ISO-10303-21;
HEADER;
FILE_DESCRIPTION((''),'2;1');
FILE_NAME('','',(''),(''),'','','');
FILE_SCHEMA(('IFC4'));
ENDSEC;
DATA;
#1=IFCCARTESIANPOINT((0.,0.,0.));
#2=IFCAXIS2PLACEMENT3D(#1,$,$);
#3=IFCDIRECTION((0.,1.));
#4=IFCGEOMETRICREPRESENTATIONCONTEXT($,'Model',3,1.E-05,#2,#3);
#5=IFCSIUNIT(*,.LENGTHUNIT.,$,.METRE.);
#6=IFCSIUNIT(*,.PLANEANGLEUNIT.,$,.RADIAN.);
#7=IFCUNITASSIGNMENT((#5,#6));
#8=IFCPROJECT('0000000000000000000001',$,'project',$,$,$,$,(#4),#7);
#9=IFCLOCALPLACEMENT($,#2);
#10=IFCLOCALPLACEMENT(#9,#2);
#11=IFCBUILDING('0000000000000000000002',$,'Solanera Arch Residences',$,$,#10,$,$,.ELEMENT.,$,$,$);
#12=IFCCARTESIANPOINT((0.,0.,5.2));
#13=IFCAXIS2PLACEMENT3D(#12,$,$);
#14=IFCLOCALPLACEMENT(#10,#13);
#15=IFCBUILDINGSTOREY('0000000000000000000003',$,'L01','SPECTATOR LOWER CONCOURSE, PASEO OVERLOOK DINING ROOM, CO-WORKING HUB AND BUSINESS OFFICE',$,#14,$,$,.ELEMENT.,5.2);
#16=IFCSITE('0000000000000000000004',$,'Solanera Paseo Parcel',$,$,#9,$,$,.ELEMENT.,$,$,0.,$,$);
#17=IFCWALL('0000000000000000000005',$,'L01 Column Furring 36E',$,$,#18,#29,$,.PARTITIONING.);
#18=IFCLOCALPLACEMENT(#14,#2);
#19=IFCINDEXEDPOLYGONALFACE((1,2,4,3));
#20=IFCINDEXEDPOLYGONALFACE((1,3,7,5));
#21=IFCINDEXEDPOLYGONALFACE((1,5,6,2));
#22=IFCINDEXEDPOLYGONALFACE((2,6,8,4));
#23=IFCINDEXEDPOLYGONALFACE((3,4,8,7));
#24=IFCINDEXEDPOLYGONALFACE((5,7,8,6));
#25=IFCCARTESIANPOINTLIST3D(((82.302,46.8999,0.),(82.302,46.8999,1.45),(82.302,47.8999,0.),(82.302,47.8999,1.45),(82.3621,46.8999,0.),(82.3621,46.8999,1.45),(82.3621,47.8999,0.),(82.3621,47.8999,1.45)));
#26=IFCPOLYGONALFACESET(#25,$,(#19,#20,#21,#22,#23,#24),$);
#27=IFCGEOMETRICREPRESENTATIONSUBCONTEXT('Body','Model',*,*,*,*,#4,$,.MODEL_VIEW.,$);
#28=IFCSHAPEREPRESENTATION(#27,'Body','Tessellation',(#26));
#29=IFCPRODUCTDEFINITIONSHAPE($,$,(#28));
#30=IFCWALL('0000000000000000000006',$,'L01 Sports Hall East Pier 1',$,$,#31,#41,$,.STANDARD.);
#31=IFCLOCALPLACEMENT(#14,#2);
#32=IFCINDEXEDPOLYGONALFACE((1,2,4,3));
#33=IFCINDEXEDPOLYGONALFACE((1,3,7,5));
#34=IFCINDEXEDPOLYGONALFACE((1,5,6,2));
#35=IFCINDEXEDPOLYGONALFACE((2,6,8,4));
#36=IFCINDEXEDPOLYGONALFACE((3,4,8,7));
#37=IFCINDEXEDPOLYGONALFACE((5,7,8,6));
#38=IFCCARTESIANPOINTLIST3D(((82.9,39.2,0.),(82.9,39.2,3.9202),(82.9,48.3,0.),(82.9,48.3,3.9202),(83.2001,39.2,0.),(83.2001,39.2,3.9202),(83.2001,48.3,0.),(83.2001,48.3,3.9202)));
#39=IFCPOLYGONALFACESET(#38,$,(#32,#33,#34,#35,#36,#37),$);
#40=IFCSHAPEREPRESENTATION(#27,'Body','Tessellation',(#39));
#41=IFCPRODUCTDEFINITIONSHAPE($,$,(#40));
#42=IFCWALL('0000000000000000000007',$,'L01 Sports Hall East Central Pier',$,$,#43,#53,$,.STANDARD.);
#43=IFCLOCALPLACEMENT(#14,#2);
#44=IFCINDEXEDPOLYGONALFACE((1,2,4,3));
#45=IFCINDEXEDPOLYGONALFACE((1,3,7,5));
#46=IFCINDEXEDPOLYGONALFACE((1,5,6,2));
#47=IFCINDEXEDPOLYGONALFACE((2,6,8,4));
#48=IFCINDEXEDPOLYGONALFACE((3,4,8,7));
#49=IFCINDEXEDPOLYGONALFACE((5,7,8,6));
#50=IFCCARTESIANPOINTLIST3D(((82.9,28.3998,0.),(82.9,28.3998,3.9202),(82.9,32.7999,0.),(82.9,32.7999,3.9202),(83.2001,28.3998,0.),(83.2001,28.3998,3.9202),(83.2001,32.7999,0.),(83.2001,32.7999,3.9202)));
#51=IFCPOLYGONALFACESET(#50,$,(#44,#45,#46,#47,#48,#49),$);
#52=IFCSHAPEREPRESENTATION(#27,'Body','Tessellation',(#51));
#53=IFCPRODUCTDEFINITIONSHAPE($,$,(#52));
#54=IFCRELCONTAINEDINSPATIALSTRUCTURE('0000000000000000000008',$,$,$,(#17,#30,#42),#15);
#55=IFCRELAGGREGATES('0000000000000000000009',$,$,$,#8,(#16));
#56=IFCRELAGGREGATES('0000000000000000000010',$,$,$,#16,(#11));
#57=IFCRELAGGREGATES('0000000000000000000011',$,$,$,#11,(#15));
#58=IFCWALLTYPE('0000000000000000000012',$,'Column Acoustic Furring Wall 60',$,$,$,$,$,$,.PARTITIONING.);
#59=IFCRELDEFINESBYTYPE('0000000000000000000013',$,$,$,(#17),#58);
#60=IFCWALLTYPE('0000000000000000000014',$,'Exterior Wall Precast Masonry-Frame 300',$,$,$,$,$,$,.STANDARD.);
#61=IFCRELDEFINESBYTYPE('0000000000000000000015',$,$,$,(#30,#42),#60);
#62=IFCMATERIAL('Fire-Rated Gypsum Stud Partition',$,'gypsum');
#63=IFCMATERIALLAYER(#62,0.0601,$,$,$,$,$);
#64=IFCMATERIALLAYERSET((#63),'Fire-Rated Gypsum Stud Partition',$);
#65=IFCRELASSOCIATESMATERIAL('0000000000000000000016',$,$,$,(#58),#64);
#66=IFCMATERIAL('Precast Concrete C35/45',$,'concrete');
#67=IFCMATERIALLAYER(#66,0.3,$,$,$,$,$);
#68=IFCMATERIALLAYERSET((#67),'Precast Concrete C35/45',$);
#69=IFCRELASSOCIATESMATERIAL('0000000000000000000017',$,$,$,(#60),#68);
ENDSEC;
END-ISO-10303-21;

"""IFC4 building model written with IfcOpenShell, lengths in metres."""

from ifc_helpers import new_model, si_unit, direction, frame, frame_2d, origin, place, context, subcontext, project, spatial, rectangle, extrude, material, layer, layer_set, type_object, element, save


model = new_model("IFC4")

# Units and contexts
model_context = context("Model", 3, precision=1e-05, world=origin(), true_north=direction((0.0, 1.0)))
body_context = subcontext(model_context, "Body", "Model", "MODEL_VIEW")
ifc_project = project(units=[si_unit("LENGTHUNIT", "METRE"), si_unit("PLANEANGLEUNIT", "RADIAN")], contexts=[model_context])

# Site, building, storey
site_placement = place(None, origin())
site = spatial("IfcSite", under=ifc_project, at=site_placement, Name="Solanera Paseo Parcel", CompositionType="ELEMENT", RefElevation=0.0)
building_placement = place(site_placement, origin())
building = spatial("IfcBuilding", under=site, at=building_placement, Name="Solanera Arch Residences", CompositionType="ELEMENT")
storey_placement = place(building_placement, frame((0.0, 0.0, 5.2)))
storey = spatial("IfcBuildingStorey", under=building, at=storey_placement, Name="L01", Description="SPECTATOR LOWER CONCOURSE, PASEO OVERLOOK DINING ROOM, CO-WORKING HUB AND BUSINESS OFFICE", CompositionType="ELEMENT", Elevation=5.2)

# Walls
ifc_material_1 = material(Name="Fire-Rated Gypsum Stud Partition", Category="gypsum")
ifc_layer_1 = layer(ifc_material_1, 0.0601)
ifc_layer_set_1 = layer_set([ifc_layer_1], Name="Fire-Rated Gypsum Stud Partition")
wall_type_1 = type_object("IfcWallType", Name="Column Acoustic Furring Wall 60", PredefinedType="PARTITIONING", material=ifc_layer_set_1)
for number, where, z_axis, x_axis, name in (
    (1, (82.332, 46.8999, 0.0), (0.0, 0.0, 1.0), (0.0, 1.0, 0.0), "L01 Column Furring 36E"),
):
    element("IfcWall", number, at=place(storey_placement, frame(where, z_axis=z_axis, x_axis=x_axis)), inside=storey, type_object=wall_type_1, Name=name, PredefinedType="PARTITIONING", context=body_context, shape_type="SweptSolid", body=[
        extrude(rectangle(XDim=1.0, YDim=0.0601, at=frame_2d((0.5, 0.0))), origin(), (0.0, 0.0, 1.0), 1.45),
    ])
ifc_material_2 = material(Name="Precast Concrete C35/45", Category="concrete")
ifc_layer_2 = layer(ifc_material_2, 0.3)
ifc_layer_set_2 = layer_set([ifc_layer_2], Name="Precast Concrete C35/45")
wall_type_2 = type_object("IfcWallType", Name="Exterior Wall Precast Masonry-Frame 300", PredefinedType="STANDARD", material=ifc_layer_set_2)
wall_1_placement = place(storey_placement, frame((83.05, 48.3, 0.0), z_axis=(0.0, 0.0, 1.0), x_axis=(0.0, -1.0, 0.0)))
element("IfcWall", 2, at=wall_1_placement, inside=storey, type_object=wall_type_2, Name="L01 Sports Hall East Pier 1", PredefinedType="STANDARD", context=body_context, shape_type="SweptSolid", body=[
    extrude(rectangle(XDim=9.1001, YDim=0.3, at=frame_2d((4.55, 0.0))), origin(), (0.0, 0.0, 1.0), 3.9202),
])
wall_2_placement = place(storey_placement, frame((83.05, 32.8, 0.0), z_axis=(0.0, 0.0, 1.0), x_axis=(0.0, -1.0, 0.0)))
element("IfcWall", 3, at=wall_2_placement, inside=storey, type_object=wall_type_2, Name="L01 Sports Hall East Central Pier", PredefinedType="STANDARD", context=body_context, shape_type="SweptSolid", body=[
    extrude(rectangle(XDim=4.4001, YDim=0.3, at=frame_2d((2.2002, 0.0))), origin(), (0.0, 0.0, 1.0), 3.9202),
])

save(model, "model.ifc")
